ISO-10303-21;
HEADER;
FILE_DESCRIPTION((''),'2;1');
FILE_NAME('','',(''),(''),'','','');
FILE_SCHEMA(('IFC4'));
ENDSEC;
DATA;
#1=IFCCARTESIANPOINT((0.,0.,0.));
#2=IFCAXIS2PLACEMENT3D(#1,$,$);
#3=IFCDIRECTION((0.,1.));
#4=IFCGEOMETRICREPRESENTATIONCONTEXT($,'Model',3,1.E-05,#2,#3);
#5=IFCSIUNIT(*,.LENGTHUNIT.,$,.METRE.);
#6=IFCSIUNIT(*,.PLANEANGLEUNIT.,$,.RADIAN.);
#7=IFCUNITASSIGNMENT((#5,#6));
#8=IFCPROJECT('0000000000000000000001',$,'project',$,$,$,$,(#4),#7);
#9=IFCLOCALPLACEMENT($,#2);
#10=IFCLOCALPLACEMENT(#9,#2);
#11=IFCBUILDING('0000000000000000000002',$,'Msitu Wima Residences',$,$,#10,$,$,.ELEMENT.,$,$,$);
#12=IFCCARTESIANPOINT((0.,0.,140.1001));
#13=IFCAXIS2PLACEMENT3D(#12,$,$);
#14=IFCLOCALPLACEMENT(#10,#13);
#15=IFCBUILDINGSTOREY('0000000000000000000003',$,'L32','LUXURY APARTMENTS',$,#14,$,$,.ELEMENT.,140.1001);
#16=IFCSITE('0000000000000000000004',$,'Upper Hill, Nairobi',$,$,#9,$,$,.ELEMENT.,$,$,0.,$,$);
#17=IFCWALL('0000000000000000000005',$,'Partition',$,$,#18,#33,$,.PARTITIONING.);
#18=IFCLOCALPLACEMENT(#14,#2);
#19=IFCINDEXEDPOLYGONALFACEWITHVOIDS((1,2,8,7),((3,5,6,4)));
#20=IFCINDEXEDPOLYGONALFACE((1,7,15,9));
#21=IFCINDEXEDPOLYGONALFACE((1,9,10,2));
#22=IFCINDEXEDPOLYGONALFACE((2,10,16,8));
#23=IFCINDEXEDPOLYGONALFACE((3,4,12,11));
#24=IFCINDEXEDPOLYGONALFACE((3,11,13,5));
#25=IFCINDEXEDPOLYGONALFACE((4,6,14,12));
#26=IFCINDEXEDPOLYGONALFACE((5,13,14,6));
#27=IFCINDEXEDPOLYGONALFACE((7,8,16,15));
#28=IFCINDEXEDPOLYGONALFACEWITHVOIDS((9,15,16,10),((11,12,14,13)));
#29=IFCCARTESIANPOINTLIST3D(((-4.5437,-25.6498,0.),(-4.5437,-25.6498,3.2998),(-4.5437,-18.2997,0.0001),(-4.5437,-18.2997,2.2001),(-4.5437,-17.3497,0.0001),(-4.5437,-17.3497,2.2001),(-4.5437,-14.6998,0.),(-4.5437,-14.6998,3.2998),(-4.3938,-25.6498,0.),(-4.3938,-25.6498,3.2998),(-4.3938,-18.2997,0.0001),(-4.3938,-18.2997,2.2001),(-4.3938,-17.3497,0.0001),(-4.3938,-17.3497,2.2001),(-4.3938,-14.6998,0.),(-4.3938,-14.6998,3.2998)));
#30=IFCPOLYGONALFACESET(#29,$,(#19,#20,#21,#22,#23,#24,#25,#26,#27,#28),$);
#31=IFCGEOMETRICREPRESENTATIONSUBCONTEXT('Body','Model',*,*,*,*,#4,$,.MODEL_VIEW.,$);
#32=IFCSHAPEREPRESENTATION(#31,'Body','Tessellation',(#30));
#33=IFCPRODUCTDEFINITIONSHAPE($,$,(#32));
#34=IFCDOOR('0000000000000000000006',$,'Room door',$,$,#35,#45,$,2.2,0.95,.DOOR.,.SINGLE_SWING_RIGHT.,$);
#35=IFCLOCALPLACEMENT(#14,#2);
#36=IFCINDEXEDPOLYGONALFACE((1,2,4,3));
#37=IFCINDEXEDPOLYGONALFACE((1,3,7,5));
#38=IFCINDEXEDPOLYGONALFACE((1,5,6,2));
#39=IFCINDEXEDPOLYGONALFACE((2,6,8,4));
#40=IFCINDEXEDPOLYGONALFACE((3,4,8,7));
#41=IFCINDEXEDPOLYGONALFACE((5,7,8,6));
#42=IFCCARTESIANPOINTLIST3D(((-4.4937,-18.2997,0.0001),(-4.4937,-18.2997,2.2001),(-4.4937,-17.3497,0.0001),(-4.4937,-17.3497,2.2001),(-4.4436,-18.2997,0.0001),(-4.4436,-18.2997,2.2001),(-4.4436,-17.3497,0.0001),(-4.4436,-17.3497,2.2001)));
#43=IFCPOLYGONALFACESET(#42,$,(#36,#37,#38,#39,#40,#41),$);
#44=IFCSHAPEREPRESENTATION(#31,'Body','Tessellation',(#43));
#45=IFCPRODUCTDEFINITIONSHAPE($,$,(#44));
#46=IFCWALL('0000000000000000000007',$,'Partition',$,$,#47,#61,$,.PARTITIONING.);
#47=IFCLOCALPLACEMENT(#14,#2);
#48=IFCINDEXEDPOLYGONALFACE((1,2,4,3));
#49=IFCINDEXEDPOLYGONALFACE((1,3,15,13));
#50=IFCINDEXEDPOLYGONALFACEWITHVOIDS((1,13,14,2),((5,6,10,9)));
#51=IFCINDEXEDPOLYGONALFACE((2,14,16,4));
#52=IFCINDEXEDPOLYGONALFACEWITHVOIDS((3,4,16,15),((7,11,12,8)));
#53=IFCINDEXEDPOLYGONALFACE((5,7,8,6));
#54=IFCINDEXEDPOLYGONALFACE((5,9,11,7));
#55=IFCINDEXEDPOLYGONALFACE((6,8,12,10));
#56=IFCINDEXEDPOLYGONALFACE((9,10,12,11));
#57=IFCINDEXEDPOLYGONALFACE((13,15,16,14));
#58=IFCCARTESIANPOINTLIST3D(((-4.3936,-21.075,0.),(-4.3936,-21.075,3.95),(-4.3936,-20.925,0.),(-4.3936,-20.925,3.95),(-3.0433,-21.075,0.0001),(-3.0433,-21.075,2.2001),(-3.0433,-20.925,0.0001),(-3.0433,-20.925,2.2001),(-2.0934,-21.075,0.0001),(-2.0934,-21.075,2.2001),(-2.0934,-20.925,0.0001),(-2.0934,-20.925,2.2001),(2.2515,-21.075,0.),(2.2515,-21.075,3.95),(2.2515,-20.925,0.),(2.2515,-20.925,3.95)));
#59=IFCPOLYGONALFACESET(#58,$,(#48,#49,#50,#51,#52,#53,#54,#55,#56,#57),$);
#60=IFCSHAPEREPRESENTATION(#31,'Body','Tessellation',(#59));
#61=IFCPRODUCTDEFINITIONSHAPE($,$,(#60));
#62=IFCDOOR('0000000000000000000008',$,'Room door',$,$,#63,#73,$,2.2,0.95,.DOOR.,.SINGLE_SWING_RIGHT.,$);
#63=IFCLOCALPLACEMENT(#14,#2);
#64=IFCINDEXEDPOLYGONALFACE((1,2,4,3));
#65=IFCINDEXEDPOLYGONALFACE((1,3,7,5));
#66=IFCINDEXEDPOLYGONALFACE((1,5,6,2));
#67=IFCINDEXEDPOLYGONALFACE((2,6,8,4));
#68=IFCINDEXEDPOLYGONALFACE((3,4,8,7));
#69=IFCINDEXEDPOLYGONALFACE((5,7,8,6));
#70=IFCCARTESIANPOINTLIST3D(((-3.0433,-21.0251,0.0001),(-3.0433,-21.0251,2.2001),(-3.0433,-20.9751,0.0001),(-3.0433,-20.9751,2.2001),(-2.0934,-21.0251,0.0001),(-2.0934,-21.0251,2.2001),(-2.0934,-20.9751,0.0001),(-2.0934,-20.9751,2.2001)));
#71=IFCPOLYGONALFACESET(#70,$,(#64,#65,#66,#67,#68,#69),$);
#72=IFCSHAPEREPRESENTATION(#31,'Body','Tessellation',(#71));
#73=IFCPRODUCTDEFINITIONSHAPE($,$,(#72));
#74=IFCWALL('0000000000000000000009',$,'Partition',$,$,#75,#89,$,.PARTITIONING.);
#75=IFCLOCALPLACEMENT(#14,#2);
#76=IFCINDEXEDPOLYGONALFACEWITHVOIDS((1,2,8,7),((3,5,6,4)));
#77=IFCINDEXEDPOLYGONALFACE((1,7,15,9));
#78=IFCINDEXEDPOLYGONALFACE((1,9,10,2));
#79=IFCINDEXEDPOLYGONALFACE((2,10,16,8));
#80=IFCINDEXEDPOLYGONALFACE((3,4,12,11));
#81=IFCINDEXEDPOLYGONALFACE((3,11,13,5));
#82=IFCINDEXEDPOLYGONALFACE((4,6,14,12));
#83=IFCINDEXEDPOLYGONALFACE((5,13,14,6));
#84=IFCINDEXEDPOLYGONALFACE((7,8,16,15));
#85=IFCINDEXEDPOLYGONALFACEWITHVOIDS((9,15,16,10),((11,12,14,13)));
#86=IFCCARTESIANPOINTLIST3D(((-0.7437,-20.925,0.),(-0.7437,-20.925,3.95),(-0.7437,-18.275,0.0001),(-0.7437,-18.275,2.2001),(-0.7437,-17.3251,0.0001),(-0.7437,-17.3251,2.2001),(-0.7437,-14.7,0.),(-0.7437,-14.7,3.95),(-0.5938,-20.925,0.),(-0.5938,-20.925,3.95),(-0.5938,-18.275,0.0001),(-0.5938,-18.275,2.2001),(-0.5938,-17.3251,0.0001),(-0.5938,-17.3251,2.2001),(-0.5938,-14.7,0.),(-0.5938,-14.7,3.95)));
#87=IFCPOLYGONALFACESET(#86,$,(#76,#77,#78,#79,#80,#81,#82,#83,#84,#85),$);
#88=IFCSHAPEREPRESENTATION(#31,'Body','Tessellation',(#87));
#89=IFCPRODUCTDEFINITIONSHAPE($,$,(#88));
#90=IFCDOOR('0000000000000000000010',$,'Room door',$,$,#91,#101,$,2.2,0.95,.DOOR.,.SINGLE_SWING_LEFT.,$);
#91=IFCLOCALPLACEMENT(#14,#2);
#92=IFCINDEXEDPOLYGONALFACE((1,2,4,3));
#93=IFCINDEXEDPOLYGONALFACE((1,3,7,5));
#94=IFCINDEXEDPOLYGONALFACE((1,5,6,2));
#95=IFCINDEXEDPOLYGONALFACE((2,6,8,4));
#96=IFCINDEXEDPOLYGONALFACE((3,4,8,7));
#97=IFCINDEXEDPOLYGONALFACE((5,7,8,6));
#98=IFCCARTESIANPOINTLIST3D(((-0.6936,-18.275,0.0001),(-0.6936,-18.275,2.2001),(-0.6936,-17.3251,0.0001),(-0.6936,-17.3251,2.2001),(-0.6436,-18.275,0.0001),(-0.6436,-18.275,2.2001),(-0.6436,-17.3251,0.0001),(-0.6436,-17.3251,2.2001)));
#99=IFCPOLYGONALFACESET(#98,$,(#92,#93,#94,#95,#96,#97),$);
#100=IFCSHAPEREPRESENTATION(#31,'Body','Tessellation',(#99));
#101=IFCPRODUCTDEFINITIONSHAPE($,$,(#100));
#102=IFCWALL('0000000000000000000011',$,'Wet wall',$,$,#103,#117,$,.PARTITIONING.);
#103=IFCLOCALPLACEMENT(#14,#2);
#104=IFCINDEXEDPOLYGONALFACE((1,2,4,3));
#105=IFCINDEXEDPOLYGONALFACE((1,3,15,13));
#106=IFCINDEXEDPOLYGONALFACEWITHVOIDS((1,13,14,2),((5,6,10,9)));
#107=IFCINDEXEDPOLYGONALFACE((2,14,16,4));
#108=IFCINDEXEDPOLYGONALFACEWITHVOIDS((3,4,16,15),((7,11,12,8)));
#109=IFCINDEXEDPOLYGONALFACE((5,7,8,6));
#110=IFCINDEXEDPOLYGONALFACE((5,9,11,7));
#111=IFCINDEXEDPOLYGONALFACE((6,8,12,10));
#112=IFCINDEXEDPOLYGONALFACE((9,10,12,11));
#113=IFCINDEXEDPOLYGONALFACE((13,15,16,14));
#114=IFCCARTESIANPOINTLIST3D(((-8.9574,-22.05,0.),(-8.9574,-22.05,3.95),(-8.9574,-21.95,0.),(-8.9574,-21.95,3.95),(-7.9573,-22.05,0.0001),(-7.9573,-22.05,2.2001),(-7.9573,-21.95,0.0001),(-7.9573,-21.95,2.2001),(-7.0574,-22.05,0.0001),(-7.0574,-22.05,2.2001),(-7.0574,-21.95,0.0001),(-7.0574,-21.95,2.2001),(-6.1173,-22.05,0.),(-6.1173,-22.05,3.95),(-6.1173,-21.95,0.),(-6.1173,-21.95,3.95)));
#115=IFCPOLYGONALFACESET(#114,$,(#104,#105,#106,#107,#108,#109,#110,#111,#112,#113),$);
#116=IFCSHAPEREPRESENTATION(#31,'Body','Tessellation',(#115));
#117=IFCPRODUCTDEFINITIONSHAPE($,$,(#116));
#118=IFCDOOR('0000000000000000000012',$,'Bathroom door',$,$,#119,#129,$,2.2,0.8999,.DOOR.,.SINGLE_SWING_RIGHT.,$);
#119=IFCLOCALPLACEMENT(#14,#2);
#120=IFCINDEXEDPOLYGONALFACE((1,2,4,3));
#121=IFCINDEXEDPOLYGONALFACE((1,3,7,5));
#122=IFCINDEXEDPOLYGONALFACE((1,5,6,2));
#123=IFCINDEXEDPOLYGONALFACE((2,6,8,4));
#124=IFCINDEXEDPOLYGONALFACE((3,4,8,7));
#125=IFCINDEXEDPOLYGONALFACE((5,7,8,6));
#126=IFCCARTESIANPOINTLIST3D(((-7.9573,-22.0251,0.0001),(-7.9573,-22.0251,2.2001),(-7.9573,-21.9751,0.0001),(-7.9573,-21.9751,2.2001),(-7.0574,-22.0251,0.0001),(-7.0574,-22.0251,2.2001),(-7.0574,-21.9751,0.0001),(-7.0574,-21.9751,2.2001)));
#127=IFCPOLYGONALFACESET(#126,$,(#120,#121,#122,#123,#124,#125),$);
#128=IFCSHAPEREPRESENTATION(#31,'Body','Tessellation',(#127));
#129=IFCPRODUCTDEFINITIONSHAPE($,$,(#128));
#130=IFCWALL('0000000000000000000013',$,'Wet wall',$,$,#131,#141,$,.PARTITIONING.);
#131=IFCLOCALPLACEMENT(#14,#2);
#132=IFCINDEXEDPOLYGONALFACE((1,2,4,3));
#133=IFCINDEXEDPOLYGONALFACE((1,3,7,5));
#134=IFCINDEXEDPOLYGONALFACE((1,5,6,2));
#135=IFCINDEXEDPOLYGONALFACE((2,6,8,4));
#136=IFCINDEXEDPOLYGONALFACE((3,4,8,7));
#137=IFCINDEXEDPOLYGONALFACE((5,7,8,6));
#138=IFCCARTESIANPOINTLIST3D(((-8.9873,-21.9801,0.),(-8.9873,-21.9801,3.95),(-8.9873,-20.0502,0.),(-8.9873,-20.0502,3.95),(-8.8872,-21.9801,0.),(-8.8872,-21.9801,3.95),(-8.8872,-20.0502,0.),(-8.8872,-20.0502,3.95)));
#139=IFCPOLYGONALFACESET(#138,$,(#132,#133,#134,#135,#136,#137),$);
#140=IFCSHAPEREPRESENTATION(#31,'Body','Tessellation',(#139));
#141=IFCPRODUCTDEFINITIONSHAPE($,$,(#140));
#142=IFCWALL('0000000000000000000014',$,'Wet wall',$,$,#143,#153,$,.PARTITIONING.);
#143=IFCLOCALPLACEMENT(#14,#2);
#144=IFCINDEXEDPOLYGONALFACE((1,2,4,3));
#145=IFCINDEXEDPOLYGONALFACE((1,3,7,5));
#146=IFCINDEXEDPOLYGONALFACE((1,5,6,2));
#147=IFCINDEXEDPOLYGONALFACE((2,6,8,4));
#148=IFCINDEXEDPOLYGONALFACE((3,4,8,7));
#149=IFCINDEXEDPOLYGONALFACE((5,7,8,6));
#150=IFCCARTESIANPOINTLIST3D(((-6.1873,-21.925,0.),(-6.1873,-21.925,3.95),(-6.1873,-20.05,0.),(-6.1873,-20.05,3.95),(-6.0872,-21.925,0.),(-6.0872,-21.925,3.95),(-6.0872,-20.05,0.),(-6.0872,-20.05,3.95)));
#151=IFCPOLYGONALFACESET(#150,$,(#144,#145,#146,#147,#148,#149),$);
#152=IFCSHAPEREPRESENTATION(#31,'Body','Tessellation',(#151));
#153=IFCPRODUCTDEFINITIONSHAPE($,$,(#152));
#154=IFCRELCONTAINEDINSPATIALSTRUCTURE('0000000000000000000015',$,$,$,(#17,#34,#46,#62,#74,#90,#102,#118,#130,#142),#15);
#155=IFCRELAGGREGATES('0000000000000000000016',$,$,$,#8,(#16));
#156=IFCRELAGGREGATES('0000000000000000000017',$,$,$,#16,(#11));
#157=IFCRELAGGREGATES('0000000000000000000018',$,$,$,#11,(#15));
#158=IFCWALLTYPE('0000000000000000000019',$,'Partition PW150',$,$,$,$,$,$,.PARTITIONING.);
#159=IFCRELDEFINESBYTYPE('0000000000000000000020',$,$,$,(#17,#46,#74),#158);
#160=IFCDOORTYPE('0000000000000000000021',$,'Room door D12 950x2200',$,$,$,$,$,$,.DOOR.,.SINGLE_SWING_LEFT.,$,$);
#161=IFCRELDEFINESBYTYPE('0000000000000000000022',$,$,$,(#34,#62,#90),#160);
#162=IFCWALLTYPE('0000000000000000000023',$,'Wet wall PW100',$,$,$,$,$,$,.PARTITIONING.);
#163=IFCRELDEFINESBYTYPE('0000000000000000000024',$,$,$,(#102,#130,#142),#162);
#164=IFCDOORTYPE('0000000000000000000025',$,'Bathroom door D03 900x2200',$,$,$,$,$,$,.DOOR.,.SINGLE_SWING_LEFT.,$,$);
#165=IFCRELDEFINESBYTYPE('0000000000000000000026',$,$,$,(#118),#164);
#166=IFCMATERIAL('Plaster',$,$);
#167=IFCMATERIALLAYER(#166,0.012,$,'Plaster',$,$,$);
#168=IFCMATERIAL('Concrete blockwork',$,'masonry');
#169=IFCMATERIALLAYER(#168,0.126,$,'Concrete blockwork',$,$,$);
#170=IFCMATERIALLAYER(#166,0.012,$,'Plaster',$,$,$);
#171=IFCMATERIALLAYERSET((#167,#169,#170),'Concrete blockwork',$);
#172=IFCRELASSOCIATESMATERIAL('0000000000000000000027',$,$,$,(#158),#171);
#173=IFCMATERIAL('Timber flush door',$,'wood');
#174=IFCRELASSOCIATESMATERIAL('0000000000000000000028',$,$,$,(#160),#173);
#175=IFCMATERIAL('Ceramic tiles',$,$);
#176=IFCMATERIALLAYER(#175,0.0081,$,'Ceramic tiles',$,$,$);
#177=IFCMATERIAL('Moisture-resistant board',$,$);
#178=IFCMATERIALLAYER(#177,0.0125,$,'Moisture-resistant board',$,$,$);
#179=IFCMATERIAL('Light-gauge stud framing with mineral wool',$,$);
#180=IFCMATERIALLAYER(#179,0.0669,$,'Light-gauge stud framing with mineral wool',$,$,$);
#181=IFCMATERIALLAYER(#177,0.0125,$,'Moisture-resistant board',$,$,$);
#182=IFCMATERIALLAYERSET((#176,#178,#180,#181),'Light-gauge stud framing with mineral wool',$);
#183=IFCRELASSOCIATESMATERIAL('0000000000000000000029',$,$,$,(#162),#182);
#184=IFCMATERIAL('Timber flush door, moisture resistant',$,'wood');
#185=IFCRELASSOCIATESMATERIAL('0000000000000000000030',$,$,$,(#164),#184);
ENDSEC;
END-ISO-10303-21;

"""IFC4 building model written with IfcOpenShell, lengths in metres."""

from ifc_helpers import new_model, si_unit, direction, frame, frame_2d, origin, place, context, subcontext, project, spatial, rectangle, extrude, material, layer, layer_set, type_object, element, fill, save


model = new_model("IFC4")

# Units and contexts
model_context = context("Model", 3, precision=1e-05, world=origin(), true_north=direction((0.0, 1.0)))
body_context = subcontext(model_context, "Body", "Model", "MODEL_VIEW")
ifc_project = project(units=[si_unit("LENGTHUNIT", "METRE"), si_unit("PLANEANGLEUNIT", "RADIAN")], contexts=[model_context])

# Site, building, storey
site_placement = place(None, origin())
site = spatial("IfcSite", under=ifc_project, at=site_placement, Name="Upper Hill, Nairobi", CompositionType="ELEMENT", RefElevation=0.0)
building_placement = place(site_placement, origin())
building = spatial("IfcBuilding", under=site, at=building_placement, Name="Msitu Wima Residences", CompositionType="ELEMENT")
storey_placement = place(building_placement, frame((0.0, 0.0, 140.1001)))
storey = spatial("IfcBuildingStorey", under=building, at=storey_placement, Name="L32", Description="LUXURY APARTMENTS", CompositionType="ELEMENT", Elevation=140.1001)

# Shared definitions
ifc_material_1 = material(Name="Plaster")
ifc_layer_1 = layer(ifc_material_1, 0.012, Name="Plaster")
ifc_material_2 = material(Name="Concrete blockwork", Category="masonry")
ifc_layer_2 = layer(ifc_material_2, 0.126, Name="Concrete blockwork")
ifc_layer_3 = layer(ifc_material_1, 0.012, Name="Plaster")
ifc_layer_set_1 = layer_set([ifc_layer_1, ifc_layer_2, ifc_layer_3], Name="Concrete blockwork")
wall_type_1 = type_object("IfcWallType", Name="Partition PW150", PredefinedType="PARTITIONING", material=ifc_layer_set_1)

# Walls, openings, doors
ifc_material_3 = material(Name="Timber flush door", Category="wood")
door_type_1 = type_object("IfcDoorType", Name="Room door D12 950x2200", OperationType="SINGLE_SWING_LEFT", PredefinedType="DOOR", material=ifc_material_3)
wall_1_placement = place(storey_placement, frame((-4.4688, -25.6499, 0.0), z_axis=(0.0, 0.0, 1.0), x_axis=(0.0, 1.0, 0.0)))
wall_1 = element("IfcWall", 1, at=wall_1_placement, inside=storey, type_object=wall_type_1, Name="Partition", PredefinedType="PARTITIONING", context=body_context, shape_type="SweptSolid", body=[
    extrude(rectangle(XDim=10.95, YDim=0.1499, at=frame_2d((5.4751, 0.0))), origin(), (0.0, 0.0, 1.0), 3.2998),
])
opening_1_placement = place(wall_1_placement, frame((7.3501, 0.0, 0.0)))
opening_1 = element("IfcOpeningElement", 2, at=opening_1_placement, cuts=wall_1, PredefinedType="OPENING", context=body_context, shape_type="SweptSolid", body=[
    extrude(rectangle(XDim=0.95, YDim=2.2, at=frame_2d((0.4751, 1.1001))), frame((0.0, 0.085, 0.0), z_axis=(0.0, -1.0, 0.0), x_axis=(1.0, 0.0, 0.0)), (0.0, 0.0, 1.0), 0.1699),
])
door_1_placement = place(opening_1_placement, origin())
door_1 = element("IfcDoor", 3, at=door_1_placement, inside=storey, type_object=door_type_1, Name="Room door", OperationType="SINGLE_SWING_RIGHT", OverallHeight=2.2, OverallWidth=0.95, PredefinedType="DOOR", context=body_context, shape_type="SweptSolid", body=[
    extrude(rectangle(XDim=0.95, YDim=2.2, at=frame_2d((0.4751, 1.1001))), frame((0.0, 0.0249, 0.0), z_axis=(0.0, -1.0, 0.0), x_axis=(1.0, 0.0, 0.0)), (0.0, 0.0, 1.0), 0.05),
])
fill(opening_1, door_1)
wall_2_placement = place(storey_placement, frame((-4.3936, -21.0, 0.0), z_axis=(0.0, 0.0, 1.0), x_axis=(1.0, 0.0, 0.0)))
wall_2 = element("IfcWall", 4, at=wall_2_placement, inside=storey, type_object=wall_type_1, Name="Partition", PredefinedType="PARTITIONING", context=body_context, shape_type="SweptSolid", body=[
    extrude(rectangle(XDim=6.645, YDim=0.1499, at=frame_2d((3.3225, 0.0))), origin(), (0.0, 0.0, 1.0), 3.95),
])
opening_2_placement = place(wall_2_placement, frame((1.3501, 0.0, 0.0)))
opening_2 = element("IfcOpeningElement", 5, at=opening_2_placement, cuts=wall_2, PredefinedType="OPENING", context=body_context, shape_type="SweptSolid", body=[
    extrude(rectangle(XDim=0.95, YDim=2.2, at=frame_2d((0.4751, 1.1001))), frame((0.0, 0.085, 0.0), z_axis=(0.0, -1.0, 0.0), x_axis=(1.0, 0.0, 0.0)), (0.0, 0.0, 1.0), 0.1699),
])
door_2_placement = place(opening_2_placement, origin())
door_2 = element("IfcDoor", 6, at=door_2_placement, inside=storey, type_object=door_type_1, Name="Room door", OperationType="SINGLE_SWING_RIGHT", OverallHeight=2.2, OverallWidth=0.95, PredefinedType="DOOR", context=body_context, shape_type="SweptSolid", body=[
    extrude(rectangle(XDim=0.95, YDim=2.2, at=frame_2d((0.4751, 1.1001))), frame((0.0, 0.0249, 0.0), z_axis=(0.0, -1.0, 0.0), x_axis=(1.0, 0.0, 0.0)), (0.0, 0.0, 1.0), 0.05),
])
fill(opening_2, door_2)
wall_3_placement = place(storey_placement, frame((-0.6687, -20.925, 0.0), z_axis=(0.0, 0.0, 1.0), x_axis=(0.0, 1.0, 0.0)))
wall_3 = element("IfcWall", 7, at=wall_3_placement, inside=storey, type_object=wall_type_1, Name="Partition", PredefinedType="PARTITIONING", context=body_context, shape_type="SweptSolid", body=[
    extrude(rectangle(XDim=6.2251, YDim=0.1499, at=frame_2d((3.1125, 0.0))), origin(), (0.0, 0.0, 1.0), 3.95),
])
opening_3_placement = place(wall_3_placement, frame((2.6499, 0.0, 0.0)))
opening_3 = element("IfcOpeningElement", 8, at=opening_3_placement, cuts=wall_3, PredefinedType="OPENING", context=body_context, shape_type="SweptSolid", body=[
    extrude(rectangle(XDim=0.95, YDim=2.2, at=frame_2d((0.4751, 1.1001))), frame((0.0, 0.085, 0.0), z_axis=(0.0, -1.0, 0.0), x_axis=(1.0, 0.0, 0.0)), (0.0, 0.0, 1.0), 0.1699),
])
door_3_placement = place(opening_3_placement, origin())
door_3 = element("IfcDoor", 9, at=door_3_placement, inside=storey, type_object=door_type_1, Name="Room door", OperationType="SINGLE_SWING_LEFT", OverallHeight=2.2, OverallWidth=0.95, PredefinedType="DOOR", context=body_context, shape_type="SweptSolid", body=[
    extrude(rectangle(XDim=0.95, YDim=2.2, at=frame_2d((0.4751, 1.1001))), frame((0.0, 0.0249, 0.0), z_axis=(0.0, -1.0, 0.0), x_axis=(1.0, 0.0, 0.0)), (0.0, 0.0, 1.0), 0.05),
])
fill(opening_3, door_3)
ifc_material_4 = material(Name="Ceramic tiles")
ifc_layer_4 = layer(ifc_material_4, 0.0081, Name="Ceramic tiles")
ifc_material_5 = material(Name="Moisture-resistant board")
ifc_layer_5 = layer(ifc_material_5, 0.0125, Name="Moisture-resistant board")
ifc_material_6 = material(Name="Light-gauge stud framing with mineral wool")
ifc_layer_6 = layer(ifc_material_6, 0.0669, Name="Light-gauge stud framing with mineral wool")
ifc_layer_7 = layer(ifc_material_5, 0.0125, Name="Moisture-resistant board")
ifc_layer_set_2 = layer_set([ifc_layer_4, ifc_layer_5, ifc_layer_6, ifc_layer_7], Name="Light-gauge stud framing with mineral wool")
wall_type_2 = type_object("IfcWallType", Name="Wet wall PW100", PredefinedType="PARTITIONING", material=ifc_layer_set_2)
wall_4_placement = place(storey_placement, frame((-8.9573, -22.0, 0.0), z_axis=(0.0, 0.0, 1.0), x_axis=(1.0, 0.0, 0.0)))
wall_4 = element("IfcWall", 10, at=wall_4_placement, inside=storey, type_object=wall_type_2, Name="Wet wall", PredefinedType="PARTITIONING", context=body_context, shape_type="SweptSolid", body=[
    extrude(rectangle(XDim=2.8401, YDim=0.1001, at=frame_2d((1.4199, 0.0))), origin(), (0.0, 0.0, 1.0), 3.95),
])
opening_4_placement = place(wall_4_placement, frame((1.0, 0.0, 0.0)))
opening_4 = element("IfcOpeningElement", 11, at=opening_4_placement, cuts=wall_4, PredefinedType="OPENING", context=body_context, shape_type="SweptSolid", body=[
    extrude(rectangle(XDim=0.8999, YDim=2.2, at=frame_2d((0.45, 1.1001))), frame((0.0, 0.0601, 0.0), z_axis=(0.0, -1.0, 0.0), x_axis=(1.0, 0.0, 0.0)), (0.0, 0.0, 1.0), 0.1201),
])
ifc_material_7 = material(Name="Timber flush door, moisture resistant", Category="wood")
door_type_2 = type_object("IfcDoorType", Name="Bathroom door D03 900x2200", OperationType="SINGLE_SWING_LEFT", PredefinedType="DOOR", material=ifc_material_7)
door_4_placement = place(opening_4_placement, origin())
door_4 = element("IfcDoor", 12, at=door_4_placement, inside=storey, type_object=door_type_2, Name="Bathroom door", OperationType="SINGLE_SWING_RIGHT", OverallHeight=2.2, OverallWidth=0.8999, PredefinedType="DOOR", context=body_context, shape_type="SweptSolid", body=[
    extrude(rectangle(XDim=0.8999, YDim=2.2, at=frame_2d((0.45, 1.1001))), frame((0.0, 0.0249, 0.0), z_axis=(0.0, -1.0, 0.0), x_axis=(1.0, 0.0, 0.0)), (0.0, 0.0, 1.0), 0.05),
])
fill(opening_4, door_4)

# Walls
wall_5_placement = place(storey_placement, frame((-8.9373, -21.98, 0.0), z_axis=(0.0, 0.0, 1.0), x_axis=(0.0, 1.0, 0.0)))
element("IfcWall", 13, at=wall_5_placement, inside=storey, type_object=wall_type_2, Name="Wet wall", PredefinedType="PARTITIONING", context=body_context, shape_type="SweptSolid", body=[
    extrude(rectangle(XDim=1.9299, YDim=0.1001, at=frame_2d((0.9648, 0.0))), origin(), (0.0, 0.0, 1.0), 3.95),
])
wall_6_placement = place(storey_placement, frame((-6.1372, -21.925, 0.0), z_axis=(0.0, 0.0, 1.0), x_axis=(0.0, 1.0, 0.0)))
element("IfcWall", 14, at=wall_6_placement, inside=storey, type_object=wall_type_2, Name="Wet wall", PredefinedType="PARTITIONING", context=body_context, shape_type="SweptSolid", body=[
    extrude(rectangle(XDim=1.875, YDim=0.1001, at=frame_2d((0.9375, 0.0))), origin(), (0.0, 0.0, 1.0), 3.95),
])

save(model, "model.ifc")
